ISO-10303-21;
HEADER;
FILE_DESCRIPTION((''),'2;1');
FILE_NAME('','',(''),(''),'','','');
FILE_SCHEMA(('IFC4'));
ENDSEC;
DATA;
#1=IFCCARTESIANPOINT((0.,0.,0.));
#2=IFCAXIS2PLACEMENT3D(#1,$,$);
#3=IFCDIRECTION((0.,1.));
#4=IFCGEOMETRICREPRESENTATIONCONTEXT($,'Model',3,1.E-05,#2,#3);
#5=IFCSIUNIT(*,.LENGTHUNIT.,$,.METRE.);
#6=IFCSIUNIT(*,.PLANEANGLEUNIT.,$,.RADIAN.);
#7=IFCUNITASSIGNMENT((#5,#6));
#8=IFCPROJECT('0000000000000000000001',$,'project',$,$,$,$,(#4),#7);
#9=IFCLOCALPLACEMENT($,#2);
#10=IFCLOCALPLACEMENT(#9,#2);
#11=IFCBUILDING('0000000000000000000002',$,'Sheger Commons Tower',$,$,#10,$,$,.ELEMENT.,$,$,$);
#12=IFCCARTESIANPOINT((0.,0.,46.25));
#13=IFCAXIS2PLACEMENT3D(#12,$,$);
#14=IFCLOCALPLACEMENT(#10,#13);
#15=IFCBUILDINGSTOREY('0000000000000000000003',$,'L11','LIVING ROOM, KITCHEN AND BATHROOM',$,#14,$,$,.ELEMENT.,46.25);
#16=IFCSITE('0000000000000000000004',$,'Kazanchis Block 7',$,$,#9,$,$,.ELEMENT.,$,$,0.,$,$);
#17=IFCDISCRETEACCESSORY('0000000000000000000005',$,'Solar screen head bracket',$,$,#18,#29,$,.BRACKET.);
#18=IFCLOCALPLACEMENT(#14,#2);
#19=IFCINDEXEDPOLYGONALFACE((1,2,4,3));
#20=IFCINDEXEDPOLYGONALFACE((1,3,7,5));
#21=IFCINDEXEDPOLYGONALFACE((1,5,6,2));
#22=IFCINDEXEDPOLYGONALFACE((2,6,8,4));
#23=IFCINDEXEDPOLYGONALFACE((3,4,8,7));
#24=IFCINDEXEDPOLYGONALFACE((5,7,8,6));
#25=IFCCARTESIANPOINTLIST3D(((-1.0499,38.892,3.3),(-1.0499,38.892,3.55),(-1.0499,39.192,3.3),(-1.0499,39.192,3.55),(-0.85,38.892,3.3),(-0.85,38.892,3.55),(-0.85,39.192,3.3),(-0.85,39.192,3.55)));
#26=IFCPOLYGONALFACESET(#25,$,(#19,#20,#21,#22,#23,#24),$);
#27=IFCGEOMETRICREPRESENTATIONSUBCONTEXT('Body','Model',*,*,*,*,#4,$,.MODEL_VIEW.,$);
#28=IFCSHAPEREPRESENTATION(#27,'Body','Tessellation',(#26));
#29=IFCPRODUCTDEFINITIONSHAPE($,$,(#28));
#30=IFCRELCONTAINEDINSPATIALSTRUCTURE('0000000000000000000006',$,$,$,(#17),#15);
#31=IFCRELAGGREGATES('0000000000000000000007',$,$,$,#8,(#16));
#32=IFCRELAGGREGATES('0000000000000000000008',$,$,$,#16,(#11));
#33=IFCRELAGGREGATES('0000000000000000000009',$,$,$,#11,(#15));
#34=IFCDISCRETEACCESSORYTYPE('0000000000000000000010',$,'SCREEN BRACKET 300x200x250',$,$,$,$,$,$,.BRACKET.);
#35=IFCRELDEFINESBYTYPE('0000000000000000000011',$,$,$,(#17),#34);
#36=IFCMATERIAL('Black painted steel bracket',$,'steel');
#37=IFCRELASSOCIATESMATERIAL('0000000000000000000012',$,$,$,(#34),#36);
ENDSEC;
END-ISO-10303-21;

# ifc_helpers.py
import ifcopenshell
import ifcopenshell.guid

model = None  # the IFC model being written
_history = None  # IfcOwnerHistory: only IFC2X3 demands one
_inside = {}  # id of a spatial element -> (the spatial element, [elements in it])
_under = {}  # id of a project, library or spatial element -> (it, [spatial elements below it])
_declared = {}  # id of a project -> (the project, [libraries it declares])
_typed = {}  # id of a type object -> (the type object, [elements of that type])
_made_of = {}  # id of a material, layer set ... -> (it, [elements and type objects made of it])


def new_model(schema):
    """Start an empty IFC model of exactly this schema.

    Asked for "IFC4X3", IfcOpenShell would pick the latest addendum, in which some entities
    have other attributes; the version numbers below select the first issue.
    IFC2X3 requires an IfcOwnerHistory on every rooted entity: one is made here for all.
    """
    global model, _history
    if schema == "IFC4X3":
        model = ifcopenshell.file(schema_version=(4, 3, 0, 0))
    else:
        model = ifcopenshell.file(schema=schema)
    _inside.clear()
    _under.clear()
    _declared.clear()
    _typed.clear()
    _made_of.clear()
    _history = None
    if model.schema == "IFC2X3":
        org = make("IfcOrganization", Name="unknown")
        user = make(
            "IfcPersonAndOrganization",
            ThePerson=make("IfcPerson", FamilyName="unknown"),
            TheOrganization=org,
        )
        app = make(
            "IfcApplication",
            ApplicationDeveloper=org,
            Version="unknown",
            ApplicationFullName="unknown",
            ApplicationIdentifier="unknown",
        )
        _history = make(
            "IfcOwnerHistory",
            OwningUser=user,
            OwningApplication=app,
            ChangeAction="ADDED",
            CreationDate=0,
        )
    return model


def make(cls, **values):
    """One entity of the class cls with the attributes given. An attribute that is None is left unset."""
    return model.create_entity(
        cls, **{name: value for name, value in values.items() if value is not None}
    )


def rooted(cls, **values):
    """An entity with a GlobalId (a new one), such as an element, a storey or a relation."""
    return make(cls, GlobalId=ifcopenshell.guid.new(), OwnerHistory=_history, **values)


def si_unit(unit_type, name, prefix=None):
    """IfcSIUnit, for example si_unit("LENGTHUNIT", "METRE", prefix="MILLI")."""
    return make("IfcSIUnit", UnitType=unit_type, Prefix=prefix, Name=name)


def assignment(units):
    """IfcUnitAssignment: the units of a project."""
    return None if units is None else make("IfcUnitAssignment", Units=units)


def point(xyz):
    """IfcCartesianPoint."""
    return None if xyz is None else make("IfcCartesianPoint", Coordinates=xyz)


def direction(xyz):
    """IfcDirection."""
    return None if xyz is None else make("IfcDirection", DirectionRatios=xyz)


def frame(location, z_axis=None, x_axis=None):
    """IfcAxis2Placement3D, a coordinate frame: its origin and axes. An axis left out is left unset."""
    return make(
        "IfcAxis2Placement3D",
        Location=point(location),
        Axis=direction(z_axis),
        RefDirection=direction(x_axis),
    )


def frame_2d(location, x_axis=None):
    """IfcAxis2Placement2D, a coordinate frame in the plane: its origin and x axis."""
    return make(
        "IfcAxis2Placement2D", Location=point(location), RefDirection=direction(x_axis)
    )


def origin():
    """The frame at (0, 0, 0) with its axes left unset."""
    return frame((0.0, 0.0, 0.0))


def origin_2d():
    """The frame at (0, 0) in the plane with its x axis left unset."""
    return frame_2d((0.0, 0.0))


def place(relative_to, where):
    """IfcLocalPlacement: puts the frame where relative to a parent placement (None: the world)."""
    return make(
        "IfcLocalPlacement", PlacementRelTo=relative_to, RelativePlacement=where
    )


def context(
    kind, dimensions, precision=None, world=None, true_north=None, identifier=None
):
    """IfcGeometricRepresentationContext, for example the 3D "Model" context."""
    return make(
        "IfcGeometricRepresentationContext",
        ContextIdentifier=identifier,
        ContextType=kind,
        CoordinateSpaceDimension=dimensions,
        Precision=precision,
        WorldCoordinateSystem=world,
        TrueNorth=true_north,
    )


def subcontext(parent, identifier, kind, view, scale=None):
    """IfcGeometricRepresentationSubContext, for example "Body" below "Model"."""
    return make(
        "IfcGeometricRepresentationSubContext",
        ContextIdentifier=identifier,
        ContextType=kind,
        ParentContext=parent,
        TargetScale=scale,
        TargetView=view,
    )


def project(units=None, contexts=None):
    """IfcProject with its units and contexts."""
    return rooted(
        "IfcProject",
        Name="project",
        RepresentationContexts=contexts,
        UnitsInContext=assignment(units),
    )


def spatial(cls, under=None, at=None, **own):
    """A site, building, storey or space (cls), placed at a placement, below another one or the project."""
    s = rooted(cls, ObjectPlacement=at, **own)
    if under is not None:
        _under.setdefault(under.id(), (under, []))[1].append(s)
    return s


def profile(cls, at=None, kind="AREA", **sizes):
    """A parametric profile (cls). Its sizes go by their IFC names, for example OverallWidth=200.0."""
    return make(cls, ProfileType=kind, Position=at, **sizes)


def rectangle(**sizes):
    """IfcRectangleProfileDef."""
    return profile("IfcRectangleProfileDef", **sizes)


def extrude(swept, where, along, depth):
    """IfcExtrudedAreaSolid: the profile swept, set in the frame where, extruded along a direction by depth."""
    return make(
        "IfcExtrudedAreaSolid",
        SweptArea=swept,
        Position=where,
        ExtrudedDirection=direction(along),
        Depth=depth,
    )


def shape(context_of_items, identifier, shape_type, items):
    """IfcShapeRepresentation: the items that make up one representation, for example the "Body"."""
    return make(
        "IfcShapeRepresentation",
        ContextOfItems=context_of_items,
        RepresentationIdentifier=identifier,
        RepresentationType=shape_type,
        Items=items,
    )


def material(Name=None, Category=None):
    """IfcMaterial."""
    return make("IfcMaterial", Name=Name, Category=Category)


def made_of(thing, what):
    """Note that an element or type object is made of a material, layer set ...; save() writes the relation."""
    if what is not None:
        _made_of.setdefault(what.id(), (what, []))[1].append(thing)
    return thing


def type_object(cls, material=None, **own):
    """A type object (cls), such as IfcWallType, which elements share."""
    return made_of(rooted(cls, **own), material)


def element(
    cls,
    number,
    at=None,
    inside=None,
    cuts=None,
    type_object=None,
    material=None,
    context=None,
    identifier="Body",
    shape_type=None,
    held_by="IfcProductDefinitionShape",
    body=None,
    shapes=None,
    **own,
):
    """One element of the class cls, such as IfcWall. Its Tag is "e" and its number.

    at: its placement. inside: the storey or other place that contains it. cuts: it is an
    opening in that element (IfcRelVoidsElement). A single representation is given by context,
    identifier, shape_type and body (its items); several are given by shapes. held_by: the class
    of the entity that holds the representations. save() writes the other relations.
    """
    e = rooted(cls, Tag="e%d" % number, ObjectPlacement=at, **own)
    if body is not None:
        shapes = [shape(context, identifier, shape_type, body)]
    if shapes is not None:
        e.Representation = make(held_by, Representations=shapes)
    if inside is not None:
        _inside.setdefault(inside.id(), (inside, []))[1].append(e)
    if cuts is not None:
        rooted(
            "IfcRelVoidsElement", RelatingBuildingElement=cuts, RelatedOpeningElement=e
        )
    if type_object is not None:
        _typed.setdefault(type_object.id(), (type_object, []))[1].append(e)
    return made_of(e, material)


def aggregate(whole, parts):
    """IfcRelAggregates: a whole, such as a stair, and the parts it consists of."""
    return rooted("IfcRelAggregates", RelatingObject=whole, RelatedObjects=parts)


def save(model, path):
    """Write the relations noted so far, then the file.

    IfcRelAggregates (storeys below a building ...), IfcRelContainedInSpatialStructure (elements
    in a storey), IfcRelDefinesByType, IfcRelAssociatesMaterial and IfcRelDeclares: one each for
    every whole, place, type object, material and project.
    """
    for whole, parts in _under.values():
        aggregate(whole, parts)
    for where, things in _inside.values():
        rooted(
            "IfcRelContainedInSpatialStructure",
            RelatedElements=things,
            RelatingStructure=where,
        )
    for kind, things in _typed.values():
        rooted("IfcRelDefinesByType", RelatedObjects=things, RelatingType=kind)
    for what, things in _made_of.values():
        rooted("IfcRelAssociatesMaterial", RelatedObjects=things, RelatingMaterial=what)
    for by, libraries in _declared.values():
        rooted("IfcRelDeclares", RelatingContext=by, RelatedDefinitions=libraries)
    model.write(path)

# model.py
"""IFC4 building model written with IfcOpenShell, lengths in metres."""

from ifc_helpers import new_model, si_unit, direction, frame, origin, origin_2d, place, context, subcontext, project, spatial, rectangle, extrude, material, type_object, element, save


model = new_model("IFC4")

# Units and contexts
model_context = context("Model", 3, precision=1e-05, world=origin(), true_north=direction((0.0, 1.0)))
body_context = subcontext(model_context, "Body", "Model", "MODEL_VIEW")
ifc_project = project(units=[si_unit("LENGTHUNIT", "METRE"), si_unit("PLANEANGLEUNIT", "RADIAN")], contexts=[model_context])

# Site, building, storey
site_placement = place(None, origin())
site = spatial("IfcSite", under=ifc_project, at=site_placement, Name="Kazanchis Block 7", CompositionType="ELEMENT", RefElevation=0.0)
building_placement = place(site_placement, origin())
building = spatial("IfcBuilding", under=site, at=building_placement, Name="Sheger Commons Tower", CompositionType="ELEMENT")
storey_placement = place(building_placement, frame((0.0, 0.0, 46.25)))
storey = spatial("IfcBuildingStorey", under=building, at=storey_placement, Name="L11", Description="LIVING ROOM, KITCHEN AND BATHROOM", CompositionType="ELEMENT", Elevation=46.25)

# Discrete accessory
ifc_material_1 = material(Name="Black painted steel bracket", Category="steel")
discrete_accessory_type = type_object("IfcDiscreteAccessoryType", Name="SCREEN BRACKET 300x200x250", PredefinedType="BRACKET", material=ifc_material_1)
for number, where, z_axis, x_axis, name in (
    (1, (-0.95, 39.042, 3.3), (0.0, 0.0, 1.0), (0.0, -1.0, 0.0), "Solar screen head bracket"),
):
    element("IfcDiscreteAccessory", number, at=place(storey_placement, frame(where, z_axis=z_axis, x_axis=x_axis)), inside=storey, type_object=discrete_accessory_type, Name=name, PredefinedType="BRACKET", context=body_context, shape_type="SweptSolid", body=[
        extrude(rectangle(XDim=0.3, YDim=0.2, at=origin_2d()), origin(), (0.0, 0.0, 1.0), 0.25),
    ])

save(model, "model.ifc")
